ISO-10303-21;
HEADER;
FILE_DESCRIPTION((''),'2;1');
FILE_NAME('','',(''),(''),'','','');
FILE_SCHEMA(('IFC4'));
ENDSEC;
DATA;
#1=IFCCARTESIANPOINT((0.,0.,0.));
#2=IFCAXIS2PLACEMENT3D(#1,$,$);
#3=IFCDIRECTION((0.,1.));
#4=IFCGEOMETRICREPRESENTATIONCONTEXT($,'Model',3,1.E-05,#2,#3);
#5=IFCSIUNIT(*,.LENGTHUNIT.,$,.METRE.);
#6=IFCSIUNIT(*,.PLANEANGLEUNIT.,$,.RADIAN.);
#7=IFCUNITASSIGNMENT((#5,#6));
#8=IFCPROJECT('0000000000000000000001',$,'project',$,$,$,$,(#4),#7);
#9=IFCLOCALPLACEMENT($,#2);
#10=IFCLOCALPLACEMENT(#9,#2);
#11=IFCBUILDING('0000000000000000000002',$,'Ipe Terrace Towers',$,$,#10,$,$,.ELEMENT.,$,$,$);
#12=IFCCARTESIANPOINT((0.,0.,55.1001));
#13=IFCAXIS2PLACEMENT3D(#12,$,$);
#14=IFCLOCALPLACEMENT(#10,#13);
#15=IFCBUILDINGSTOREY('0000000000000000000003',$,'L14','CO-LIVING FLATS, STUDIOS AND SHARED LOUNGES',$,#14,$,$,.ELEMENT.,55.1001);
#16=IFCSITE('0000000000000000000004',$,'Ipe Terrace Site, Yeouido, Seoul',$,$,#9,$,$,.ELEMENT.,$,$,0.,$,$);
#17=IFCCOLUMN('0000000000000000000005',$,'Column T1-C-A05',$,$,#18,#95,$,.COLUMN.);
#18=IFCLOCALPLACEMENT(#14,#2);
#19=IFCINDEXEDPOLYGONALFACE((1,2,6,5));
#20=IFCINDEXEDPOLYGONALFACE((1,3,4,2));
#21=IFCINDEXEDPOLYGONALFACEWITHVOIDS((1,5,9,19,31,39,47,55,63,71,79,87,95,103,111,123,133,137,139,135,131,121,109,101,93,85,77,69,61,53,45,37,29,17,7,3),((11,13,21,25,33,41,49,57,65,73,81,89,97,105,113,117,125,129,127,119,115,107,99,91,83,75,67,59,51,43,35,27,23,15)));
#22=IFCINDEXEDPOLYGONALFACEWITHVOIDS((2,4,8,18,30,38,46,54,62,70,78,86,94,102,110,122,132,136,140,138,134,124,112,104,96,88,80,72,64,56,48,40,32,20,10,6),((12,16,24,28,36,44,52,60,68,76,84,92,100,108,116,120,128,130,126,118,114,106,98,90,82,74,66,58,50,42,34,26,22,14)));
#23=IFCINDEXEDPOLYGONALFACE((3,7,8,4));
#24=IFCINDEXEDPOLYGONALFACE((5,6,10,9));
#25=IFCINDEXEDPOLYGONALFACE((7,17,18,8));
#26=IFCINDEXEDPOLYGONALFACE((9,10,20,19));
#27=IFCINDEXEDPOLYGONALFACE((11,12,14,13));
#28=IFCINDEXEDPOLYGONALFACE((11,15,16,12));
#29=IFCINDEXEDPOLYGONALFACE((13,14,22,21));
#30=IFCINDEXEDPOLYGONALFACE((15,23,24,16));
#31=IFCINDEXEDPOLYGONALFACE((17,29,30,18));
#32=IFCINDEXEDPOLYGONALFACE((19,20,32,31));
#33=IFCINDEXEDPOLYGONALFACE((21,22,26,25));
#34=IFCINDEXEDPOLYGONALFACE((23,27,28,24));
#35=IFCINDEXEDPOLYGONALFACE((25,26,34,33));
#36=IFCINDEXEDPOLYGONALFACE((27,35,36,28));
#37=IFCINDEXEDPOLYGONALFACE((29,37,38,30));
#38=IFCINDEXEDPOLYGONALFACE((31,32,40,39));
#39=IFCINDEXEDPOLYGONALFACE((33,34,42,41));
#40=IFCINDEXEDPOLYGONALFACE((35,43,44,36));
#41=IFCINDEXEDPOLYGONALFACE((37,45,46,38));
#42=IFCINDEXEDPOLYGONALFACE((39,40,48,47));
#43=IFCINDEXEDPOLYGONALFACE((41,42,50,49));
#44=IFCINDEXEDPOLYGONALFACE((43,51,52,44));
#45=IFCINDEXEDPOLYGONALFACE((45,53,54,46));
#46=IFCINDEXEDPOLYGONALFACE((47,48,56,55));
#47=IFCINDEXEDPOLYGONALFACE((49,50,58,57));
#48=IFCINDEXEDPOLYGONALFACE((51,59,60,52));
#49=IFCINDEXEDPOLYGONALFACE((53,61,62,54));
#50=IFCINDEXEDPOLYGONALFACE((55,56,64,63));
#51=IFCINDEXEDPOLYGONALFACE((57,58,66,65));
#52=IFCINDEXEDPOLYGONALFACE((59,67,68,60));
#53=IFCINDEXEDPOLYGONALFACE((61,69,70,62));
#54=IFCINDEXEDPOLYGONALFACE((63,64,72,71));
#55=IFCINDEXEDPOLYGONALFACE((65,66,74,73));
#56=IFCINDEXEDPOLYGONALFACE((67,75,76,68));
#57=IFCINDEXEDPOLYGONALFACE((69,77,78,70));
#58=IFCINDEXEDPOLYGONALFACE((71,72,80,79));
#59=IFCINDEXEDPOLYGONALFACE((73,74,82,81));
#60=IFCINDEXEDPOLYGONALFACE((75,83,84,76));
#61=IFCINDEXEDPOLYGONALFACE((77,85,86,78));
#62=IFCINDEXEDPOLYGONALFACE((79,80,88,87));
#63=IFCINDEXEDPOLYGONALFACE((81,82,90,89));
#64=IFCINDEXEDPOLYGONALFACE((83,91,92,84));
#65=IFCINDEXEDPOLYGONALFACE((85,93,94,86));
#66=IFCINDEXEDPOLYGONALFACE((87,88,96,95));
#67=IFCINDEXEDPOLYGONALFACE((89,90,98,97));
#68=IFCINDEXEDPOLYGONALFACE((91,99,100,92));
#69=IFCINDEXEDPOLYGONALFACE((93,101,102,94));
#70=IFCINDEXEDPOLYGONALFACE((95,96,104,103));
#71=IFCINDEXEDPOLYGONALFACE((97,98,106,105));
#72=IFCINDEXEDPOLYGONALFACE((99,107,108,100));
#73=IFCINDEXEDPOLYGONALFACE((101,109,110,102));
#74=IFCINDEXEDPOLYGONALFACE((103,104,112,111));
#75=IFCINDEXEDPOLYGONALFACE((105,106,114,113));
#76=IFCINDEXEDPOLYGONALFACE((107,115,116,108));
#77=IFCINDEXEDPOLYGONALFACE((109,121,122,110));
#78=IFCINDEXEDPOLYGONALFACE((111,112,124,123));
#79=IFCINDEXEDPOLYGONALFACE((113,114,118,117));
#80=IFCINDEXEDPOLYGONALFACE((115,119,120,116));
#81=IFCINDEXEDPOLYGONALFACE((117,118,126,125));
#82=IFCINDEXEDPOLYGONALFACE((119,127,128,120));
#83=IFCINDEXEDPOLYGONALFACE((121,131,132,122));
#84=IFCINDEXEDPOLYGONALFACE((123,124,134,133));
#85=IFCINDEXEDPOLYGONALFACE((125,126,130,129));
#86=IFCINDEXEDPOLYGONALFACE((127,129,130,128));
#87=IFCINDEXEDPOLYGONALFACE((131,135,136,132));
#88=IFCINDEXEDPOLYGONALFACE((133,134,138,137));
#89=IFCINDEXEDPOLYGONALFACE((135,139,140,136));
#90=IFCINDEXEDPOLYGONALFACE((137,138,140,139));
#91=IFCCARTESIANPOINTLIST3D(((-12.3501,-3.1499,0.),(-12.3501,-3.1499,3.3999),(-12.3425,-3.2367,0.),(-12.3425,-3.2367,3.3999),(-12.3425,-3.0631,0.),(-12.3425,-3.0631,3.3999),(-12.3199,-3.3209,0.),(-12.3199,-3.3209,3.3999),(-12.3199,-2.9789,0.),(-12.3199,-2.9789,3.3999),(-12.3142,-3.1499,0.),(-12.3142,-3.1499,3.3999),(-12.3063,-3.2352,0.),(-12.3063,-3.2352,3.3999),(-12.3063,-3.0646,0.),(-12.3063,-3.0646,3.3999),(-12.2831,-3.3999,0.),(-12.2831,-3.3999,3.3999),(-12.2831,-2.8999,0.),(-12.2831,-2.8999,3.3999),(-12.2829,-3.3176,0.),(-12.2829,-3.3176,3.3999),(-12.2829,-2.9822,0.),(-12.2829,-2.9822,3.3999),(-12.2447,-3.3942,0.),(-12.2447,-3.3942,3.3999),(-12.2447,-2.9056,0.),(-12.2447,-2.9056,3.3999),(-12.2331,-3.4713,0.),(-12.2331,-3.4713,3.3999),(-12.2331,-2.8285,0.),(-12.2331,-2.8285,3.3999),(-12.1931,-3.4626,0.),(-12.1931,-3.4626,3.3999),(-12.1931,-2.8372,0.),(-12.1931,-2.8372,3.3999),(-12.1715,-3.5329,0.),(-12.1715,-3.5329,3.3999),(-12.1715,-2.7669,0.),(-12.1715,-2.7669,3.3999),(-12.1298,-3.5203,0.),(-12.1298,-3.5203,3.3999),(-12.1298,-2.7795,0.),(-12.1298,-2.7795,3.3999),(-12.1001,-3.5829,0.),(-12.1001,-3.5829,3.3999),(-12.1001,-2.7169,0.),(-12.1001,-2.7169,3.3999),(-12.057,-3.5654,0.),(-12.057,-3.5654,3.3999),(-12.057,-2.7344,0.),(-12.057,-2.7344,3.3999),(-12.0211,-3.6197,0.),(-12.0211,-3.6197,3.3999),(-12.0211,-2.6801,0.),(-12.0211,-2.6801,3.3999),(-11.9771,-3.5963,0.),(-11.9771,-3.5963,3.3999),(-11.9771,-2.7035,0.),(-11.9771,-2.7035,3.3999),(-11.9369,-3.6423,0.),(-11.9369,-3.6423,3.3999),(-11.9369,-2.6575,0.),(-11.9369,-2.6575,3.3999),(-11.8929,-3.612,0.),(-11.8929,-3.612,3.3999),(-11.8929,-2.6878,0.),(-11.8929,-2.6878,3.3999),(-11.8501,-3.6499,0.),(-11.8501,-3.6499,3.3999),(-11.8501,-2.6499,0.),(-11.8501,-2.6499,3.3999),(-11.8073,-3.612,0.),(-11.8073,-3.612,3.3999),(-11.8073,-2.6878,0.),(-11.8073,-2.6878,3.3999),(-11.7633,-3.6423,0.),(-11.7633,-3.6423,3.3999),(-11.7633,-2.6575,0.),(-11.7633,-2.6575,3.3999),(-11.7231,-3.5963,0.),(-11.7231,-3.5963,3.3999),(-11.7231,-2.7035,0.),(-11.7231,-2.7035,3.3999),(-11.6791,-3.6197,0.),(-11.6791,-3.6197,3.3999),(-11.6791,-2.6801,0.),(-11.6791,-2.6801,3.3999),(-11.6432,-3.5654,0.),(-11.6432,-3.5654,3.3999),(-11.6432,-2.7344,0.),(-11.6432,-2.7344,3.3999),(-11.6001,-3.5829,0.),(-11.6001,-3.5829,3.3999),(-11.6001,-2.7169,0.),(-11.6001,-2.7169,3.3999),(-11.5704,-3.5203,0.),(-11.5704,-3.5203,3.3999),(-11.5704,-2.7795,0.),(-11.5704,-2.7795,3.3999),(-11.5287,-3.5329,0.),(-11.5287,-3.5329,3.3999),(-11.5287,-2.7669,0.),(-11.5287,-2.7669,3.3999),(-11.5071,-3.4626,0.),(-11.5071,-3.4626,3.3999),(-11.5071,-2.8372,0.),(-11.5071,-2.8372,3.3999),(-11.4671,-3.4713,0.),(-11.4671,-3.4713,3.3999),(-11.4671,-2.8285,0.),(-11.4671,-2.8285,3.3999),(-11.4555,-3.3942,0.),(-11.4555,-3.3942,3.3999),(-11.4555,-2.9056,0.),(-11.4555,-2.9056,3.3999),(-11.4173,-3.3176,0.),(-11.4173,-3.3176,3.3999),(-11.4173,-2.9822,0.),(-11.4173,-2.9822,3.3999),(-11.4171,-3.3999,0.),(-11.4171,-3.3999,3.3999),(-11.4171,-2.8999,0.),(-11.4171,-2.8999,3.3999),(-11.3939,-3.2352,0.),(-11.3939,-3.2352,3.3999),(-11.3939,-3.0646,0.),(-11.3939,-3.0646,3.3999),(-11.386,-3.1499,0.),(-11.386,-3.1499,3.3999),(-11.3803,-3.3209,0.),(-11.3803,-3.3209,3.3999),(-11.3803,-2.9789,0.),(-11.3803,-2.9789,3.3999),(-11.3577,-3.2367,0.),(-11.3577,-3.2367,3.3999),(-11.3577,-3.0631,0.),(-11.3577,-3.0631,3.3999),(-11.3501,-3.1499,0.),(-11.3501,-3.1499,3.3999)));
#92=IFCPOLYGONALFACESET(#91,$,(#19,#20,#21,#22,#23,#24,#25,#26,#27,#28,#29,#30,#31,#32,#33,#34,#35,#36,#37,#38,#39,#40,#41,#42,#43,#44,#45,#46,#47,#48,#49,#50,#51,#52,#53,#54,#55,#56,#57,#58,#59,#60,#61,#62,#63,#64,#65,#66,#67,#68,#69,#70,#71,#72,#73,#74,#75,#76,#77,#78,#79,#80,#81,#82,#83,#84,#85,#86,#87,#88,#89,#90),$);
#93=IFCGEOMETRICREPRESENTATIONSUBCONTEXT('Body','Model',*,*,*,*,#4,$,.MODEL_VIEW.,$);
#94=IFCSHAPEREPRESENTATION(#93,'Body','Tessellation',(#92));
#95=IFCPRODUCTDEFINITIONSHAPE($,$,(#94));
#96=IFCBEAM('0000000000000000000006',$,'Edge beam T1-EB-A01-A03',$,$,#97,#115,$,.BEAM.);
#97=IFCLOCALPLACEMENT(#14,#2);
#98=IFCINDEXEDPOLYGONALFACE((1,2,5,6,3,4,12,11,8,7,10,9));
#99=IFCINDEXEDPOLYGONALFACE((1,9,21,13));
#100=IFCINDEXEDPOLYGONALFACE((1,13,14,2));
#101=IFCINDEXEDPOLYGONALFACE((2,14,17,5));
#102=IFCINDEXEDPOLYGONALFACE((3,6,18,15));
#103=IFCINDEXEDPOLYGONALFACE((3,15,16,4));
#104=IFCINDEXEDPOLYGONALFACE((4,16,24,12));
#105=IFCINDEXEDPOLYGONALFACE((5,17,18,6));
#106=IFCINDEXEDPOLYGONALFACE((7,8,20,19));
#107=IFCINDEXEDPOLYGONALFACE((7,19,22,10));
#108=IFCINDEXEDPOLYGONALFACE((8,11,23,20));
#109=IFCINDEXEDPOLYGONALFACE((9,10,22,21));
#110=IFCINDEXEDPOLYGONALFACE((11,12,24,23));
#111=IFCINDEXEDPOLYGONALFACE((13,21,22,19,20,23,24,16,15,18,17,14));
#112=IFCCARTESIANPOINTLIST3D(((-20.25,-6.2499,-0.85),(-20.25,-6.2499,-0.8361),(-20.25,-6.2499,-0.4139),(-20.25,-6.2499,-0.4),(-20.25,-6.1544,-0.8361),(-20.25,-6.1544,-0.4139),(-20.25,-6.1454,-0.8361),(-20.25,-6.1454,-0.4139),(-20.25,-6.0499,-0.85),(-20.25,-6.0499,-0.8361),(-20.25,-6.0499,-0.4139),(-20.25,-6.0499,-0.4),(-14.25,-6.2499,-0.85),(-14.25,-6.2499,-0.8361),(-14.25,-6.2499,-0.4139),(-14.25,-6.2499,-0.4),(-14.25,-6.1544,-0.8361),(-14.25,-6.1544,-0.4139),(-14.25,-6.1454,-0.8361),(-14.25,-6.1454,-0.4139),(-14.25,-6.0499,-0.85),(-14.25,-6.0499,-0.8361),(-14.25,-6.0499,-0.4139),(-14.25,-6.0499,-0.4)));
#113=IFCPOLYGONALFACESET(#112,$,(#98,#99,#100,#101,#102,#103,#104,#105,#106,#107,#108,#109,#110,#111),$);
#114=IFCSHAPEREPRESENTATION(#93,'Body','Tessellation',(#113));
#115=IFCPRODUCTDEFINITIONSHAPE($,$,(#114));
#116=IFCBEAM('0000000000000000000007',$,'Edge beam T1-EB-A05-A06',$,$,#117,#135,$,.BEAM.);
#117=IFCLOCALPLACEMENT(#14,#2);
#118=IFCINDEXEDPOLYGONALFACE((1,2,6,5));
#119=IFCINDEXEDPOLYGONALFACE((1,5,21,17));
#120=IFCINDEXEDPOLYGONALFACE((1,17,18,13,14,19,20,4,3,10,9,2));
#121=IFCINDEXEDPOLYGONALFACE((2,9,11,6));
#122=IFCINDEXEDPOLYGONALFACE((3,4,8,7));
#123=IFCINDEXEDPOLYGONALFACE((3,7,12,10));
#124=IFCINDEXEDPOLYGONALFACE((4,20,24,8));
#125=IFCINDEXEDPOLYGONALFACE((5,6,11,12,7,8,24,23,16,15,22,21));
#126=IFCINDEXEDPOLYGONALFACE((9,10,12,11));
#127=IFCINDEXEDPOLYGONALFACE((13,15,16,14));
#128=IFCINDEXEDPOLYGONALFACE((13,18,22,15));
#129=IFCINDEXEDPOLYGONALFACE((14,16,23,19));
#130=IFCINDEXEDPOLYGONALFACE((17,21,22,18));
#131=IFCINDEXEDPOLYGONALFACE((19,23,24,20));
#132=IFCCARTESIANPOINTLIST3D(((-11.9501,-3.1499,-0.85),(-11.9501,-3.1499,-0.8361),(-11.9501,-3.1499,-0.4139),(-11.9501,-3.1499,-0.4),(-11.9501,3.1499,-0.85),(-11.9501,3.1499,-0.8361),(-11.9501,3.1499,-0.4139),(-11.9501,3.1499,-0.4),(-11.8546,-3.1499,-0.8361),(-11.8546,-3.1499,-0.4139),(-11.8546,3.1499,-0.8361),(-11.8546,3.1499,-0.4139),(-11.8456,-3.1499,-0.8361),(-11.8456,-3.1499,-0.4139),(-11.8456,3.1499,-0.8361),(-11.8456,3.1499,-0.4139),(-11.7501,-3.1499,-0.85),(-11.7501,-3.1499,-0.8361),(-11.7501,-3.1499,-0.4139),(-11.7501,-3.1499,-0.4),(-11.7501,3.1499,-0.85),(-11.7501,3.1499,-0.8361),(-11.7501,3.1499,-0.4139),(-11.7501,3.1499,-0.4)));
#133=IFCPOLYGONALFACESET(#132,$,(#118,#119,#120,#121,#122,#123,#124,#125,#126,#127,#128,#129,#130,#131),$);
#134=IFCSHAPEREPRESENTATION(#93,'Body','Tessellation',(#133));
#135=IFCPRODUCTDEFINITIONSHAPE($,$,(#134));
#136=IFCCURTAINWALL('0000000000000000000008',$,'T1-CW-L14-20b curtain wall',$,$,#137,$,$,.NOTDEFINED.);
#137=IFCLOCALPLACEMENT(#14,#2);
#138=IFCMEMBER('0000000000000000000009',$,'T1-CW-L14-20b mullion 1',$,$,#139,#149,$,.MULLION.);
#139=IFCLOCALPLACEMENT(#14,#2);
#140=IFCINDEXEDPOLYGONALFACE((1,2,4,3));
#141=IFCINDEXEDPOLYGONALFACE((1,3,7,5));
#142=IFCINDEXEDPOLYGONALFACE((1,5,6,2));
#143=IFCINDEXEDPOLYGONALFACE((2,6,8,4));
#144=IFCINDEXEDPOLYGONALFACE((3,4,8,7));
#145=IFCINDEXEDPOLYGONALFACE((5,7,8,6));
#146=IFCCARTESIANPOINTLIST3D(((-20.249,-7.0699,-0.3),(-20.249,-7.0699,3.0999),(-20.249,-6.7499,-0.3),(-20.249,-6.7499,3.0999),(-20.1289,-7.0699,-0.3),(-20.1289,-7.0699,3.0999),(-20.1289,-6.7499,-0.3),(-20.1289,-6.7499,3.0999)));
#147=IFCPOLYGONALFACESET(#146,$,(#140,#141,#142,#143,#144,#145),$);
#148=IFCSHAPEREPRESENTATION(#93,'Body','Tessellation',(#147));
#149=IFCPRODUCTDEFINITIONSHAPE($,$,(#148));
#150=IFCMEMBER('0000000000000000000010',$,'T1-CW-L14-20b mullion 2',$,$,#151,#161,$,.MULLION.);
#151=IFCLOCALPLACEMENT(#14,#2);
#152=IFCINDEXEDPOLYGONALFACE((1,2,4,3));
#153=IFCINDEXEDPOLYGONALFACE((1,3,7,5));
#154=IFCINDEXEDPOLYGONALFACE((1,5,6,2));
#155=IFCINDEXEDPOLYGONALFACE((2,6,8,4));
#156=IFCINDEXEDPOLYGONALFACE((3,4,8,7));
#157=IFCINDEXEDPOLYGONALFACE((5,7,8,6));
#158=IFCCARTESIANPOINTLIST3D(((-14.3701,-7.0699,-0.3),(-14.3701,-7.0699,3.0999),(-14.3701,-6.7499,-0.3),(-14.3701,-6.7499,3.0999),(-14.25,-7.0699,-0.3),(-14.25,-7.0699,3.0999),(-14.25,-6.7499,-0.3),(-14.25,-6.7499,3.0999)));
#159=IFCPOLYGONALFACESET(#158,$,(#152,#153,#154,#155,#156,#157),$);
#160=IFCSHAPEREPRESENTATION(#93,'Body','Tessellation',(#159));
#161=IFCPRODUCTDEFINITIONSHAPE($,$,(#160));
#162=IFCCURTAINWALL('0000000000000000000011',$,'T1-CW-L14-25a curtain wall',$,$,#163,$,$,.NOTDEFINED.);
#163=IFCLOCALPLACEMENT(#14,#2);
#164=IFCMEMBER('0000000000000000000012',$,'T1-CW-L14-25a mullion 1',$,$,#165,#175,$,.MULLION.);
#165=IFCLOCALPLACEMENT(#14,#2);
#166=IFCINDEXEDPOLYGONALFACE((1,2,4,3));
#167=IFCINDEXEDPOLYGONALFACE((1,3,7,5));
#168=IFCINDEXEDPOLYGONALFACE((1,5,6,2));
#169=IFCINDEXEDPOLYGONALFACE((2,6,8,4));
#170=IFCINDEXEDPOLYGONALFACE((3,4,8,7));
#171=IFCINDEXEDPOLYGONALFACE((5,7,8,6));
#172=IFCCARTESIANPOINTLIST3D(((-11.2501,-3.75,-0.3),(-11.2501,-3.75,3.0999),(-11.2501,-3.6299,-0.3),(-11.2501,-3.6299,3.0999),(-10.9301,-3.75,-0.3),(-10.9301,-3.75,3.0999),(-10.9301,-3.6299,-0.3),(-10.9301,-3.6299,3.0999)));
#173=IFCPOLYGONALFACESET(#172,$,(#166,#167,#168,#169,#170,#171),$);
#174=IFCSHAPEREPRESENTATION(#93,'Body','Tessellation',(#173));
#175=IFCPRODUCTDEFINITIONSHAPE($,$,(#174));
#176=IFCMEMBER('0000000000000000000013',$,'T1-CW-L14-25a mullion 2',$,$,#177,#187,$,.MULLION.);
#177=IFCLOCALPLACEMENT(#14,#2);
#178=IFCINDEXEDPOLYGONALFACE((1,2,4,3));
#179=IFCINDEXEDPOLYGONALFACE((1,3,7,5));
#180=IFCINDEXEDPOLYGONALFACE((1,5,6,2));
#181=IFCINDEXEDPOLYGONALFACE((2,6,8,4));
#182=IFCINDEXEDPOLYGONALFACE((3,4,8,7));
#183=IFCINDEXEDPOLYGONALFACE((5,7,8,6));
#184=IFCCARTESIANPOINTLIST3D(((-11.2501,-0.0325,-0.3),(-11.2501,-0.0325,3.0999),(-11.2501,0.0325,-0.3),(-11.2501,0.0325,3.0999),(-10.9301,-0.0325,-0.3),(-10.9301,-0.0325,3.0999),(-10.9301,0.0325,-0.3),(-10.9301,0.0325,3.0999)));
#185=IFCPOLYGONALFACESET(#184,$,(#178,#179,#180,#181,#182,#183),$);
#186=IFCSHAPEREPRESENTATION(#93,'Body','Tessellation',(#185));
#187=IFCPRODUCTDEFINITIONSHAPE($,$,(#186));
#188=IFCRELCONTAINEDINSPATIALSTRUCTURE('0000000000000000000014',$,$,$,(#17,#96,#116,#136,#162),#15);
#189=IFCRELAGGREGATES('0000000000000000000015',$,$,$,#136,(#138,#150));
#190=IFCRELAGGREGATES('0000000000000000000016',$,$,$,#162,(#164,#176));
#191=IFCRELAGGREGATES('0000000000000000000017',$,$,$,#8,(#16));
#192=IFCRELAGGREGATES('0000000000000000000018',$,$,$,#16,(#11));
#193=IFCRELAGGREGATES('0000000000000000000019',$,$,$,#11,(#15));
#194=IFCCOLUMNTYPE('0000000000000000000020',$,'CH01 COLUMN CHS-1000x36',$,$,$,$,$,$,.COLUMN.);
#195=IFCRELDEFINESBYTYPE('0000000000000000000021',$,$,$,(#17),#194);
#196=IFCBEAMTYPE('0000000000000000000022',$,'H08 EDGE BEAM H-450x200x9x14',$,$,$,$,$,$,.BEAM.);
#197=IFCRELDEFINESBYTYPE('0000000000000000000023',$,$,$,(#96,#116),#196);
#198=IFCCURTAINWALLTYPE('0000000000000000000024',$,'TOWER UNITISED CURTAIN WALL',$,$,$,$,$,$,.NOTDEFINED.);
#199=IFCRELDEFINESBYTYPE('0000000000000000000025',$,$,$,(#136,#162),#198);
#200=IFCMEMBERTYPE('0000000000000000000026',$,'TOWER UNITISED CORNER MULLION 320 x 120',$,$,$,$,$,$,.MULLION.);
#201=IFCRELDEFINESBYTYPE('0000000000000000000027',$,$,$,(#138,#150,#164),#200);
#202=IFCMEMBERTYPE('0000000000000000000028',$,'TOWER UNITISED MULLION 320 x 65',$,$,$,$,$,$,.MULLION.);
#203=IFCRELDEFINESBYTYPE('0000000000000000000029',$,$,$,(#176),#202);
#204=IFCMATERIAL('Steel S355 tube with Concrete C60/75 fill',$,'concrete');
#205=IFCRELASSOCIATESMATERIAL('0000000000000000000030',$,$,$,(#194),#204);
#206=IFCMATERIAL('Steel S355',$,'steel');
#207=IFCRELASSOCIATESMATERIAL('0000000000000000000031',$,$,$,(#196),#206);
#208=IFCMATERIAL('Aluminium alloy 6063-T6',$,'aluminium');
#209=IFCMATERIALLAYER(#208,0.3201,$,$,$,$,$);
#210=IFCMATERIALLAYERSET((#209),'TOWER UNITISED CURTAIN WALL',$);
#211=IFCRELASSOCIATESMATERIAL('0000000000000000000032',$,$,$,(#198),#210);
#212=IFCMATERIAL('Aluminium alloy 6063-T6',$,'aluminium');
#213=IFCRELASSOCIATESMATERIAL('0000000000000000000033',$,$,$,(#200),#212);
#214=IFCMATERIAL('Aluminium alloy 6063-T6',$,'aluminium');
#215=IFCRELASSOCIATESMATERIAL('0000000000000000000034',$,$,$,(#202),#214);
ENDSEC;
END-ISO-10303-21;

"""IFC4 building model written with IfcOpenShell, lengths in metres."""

from ifc_helpers import new_model, si_unit, direction, frame, origin, origin_2d, place, context, subcontext, project, spatial, rectangle, hollow_circle, i_section, extrude, material, layer, layer_set, material_profile, profile_set, type_object, element, aggregate, save


model = new_model("IFC4")

# Units and contexts
model_context = context("Model", 3, precision=1e-05, world=origin(), true_north=direction((0.0, 1.0)))
body_context = subcontext(model_context, "Body", "Model", "MODEL_VIEW")
ifc_project = project(units=[si_unit("LENGTHUNIT", "METRE"), si_unit("PLANEANGLEUNIT", "RADIAN")], contexts=[model_context])

# Site, building, storey
site_placement = place(None, origin())
site = spatial("IfcSite", under=ifc_project, at=site_placement, Name="Ipe Terrace Site, Yeouido, Seoul", CompositionType="ELEMENT", RefElevation=0.0)
building_placement = place(site_placement, origin())
building = spatial("IfcBuilding", under=site, at=building_placement, Name="Ipe Terrace Towers", CompositionType="ELEMENT")
storey_placement = place(building_placement, frame((0.0, 0.0, 55.1001)))
storey = spatial("IfcBuildingStorey", under=building, at=storey_placement, Name="L14", Description="CO-LIVING FLATS, STUDIOS AND SHARED LOUNGES", CompositionType="ELEMENT", Elevation=55.1001)

# Column
ifc_material_1 = material(Name="Steel S355 tube with Concrete C60/75 fill", Category="concrete")
ifc_material_profile_1 = material_profile(ifc_material_1, hollow_circle(Radius=0.5, WallThickness=0.0359, at=origin_2d()), Name="CHS-1000x36")
ifc_profile_set_1 = profile_set([ifc_material_profile_1], Name="Steel S355 tube with Concrete C60/75 fill")
column_type = type_object("IfcColumnType", Name="CH01 COLUMN CHS-1000x36", PredefinedType="COLUMN", material=ifc_profile_set_1)
for number, where, z_axis, x_axis, name in (
    (1, (-11.8501, -3.1499, 0.0), (0.0, 0.0, 1.0), (1.0, 0.0, 0.0), "Column T1-C-A05"),
):
    element("IfcColumn", number, at=place(storey_placement, frame(where, z_axis=z_axis, x_axis=x_axis)), inside=storey, type_object=column_type, Name=name, PredefinedType="COLUMN", context=body_context, shape_type="SweptSolid", body=[
        extrude(hollow_circle(Radius=0.5, WallThickness=0.0359, at=origin_2d()), origin(), (0.0, 0.0, 1.0), 3.3999),
    ])

# Beams
ifc_material_2 = material(Name="Steel S355", Category="steel")
ifc_material_profile_2 = material_profile(ifc_material_2, i_section(OverallWidth=0.2, OverallDepth=0.45, WebThickness=0.009, FlangeThickness=0.0139, at=origin_2d()), Name="H-450x200x9x14")
ifc_profile_set_2 = profile_set([ifc_material_profile_2], Name="Steel S355")
beam_type = type_object("IfcBeamType", Name="H08 EDGE BEAM H-450x200x9x14", PredefinedType="BEAM", material=ifc_profile_set_2)
beam_1_placement = place(storey_placement, frame((-20.25, -6.1499, -0.625), z_axis=(1.0, 0.0, 0.0), x_axis=(0.0, 1.0, 0.0)))
element("IfcBeam", 2, at=beam_1_placement, inside=storey, type_object=beam_type, Name="Edge beam T1-EB-A01-A03", PredefinedType="BEAM", context=body_context, shape_type="SweptSolid", body=[
    extrude(i_section(OverallWidth=0.2, OverallDepth=0.45, WebThickness=0.009, FlangeThickness=0.0139, at=origin_2d()), origin(), (0.0, 0.0, 1.0), 6.0),
])
beam_2_placement = place(storey_placement, frame((-11.8501, -3.1499, -0.625), z_axis=(0.0, 1.0, 0.0), x_axis=(-1.0, 0.0, 0.0)))
element("IfcBeam", 3, at=beam_2_placement, inside=storey, type_object=beam_type, Name="Edge beam T1-EB-A05-A06", PredefinedType="BEAM", context=body_context, shape_type="SweptSolid", body=[
    extrude(i_section(OverallWidth=0.2, OverallDepth=0.45, WebThickness=0.009, FlangeThickness=0.0139, at=origin_2d()), origin(), (0.0, 0.0, 1.0), 6.2998),
])

# Curtain walls, members
ifc_material_3 = material(Name="Aluminium alloy 6063-T6", Category="aluminium")
ifc_layer_1 = layer(ifc_material_3, 0.3201)
ifc_layer_set_1 = layer_set([ifc_layer_1], Name="TOWER UNITISED CURTAIN WALL")
curtain_wall_type = type_object("IfcCurtainWallType", Name="TOWER UNITISED CURTAIN WALL", PredefinedType="NOTDEFINED", material=ifc_layer_set_1)
curtain_wall_1_placement = place(storey_placement, origin())
curtain_wall_1 = element("IfcCurtainWall", 4, at=curtain_wall_1_placement, inside=storey, type_object=curtain_wall_type, Name="T1-CW-L14-20b curtain wall", PredefinedType="NOTDEFINED")
ifc_material_4 = material(Name="Aluminium alloy 6063-T6", Category="aluminium")
ifc_material_profile_3 = material_profile(ifc_material_4, rectangle(XDim=0.3201, YDim=0.1201, at=origin_2d()), Name="TOWER UNITISED CORNER MULLION 320 x 120")
ifc_profile_set_3 = profile_set([ifc_material_profile_3], Name="Aluminium alloy 6063-T6")
member_type_1 = type_object("IfcMemberType", Name="TOWER UNITISED CORNER MULLION 320 x 120", PredefinedType="MULLION", material=ifc_profile_set_3)
member_1_placement = place(storey_placement, frame((-20.189, -6.9099, -0.3), z_axis=(0.0, 0.0, 1.0), x_axis=(0.0, -1.0, 0.0)))
member_1 = element("IfcMember", 5, at=member_1_placement, type_object=member_type_1, Name="T1-CW-L14-20b mullion 1", PredefinedType="MULLION", context=body_context, shape_type="SweptSolid", body=[
    extrude(rectangle(XDim=0.3201, YDim=0.1201, at=origin_2d()), origin(), (0.0, 0.0, 1.0), 3.3999),
])
member_2_placement = place(storey_placement, frame((-14.3101, -6.9099, -0.3), z_axis=(0.0, 0.0, 1.0), x_axis=(0.0, -1.0, 0.0)))
member_2 = element("IfcMember", 6, at=member_2_placement, type_object=member_type_1, Name="T1-CW-L14-20b mullion 2", PredefinedType="MULLION", context=body_context, shape_type="SweptSolid", body=[
    extrude(rectangle(XDim=0.3201, YDim=0.1201, at=origin_2d()), origin(), (0.0, 0.0, 1.0), 3.3999),
])
curtain_wall_2_placement = place(storey_placement, origin())
curtain_wall_2 = element("IfcCurtainWall", 7, at=curtain_wall_2_placement, inside=storey, type_object=curtain_wall_type, Name="T1-CW-L14-25a curtain wall", PredefinedType="NOTDEFINED")
member_3_placement = place(storey_placement, frame((-11.0901, -3.6899, -0.3), z_axis=(0.0, 0.0, 1.0), x_axis=(1.0, 0.0, 0.0)))
member_3 = element("IfcMember", 8, at=member_3_placement, type_object=member_type_1, Name="T1-CW-L14-25a mullion 1", PredefinedType="MULLION", context=body_context, shape_type="SweptSolid", body=[
    extrude(rectangle(XDim=0.3201, YDim=0.1201, at=origin_2d()), origin(), (0.0, 0.0, 1.0), 3.3999),
])
ifc_material_5 = material(Name="Aluminium alloy 6063-T6", Category="aluminium")
ifc_material_profile_4 = material_profile(ifc_material_5, rectangle(XDim=0.3201, YDim=0.0649, at=origin_2d()), Name="TOWER UNITISED MULLION 320 x 65")
ifc_profile_set_4 = profile_set([ifc_material_profile_4], Name="Aluminium alloy 6063-T6")
member_type_2 = type_object("IfcMemberType", Name="TOWER UNITISED MULLION 320 x 65", PredefinedType="MULLION", material=ifc_profile_set_4)
member_4_placement = place(storey_placement, frame((-11.0901, 0.0, -0.3), z_axis=(0.0, 0.0, 1.0), x_axis=(1.0, 0.0, 0.0)))
member_4 = element("IfcMember", 9, at=member_4_placement, type_object=member_type_2, Name="T1-CW-L14-25a mullion 2", PredefinedType="MULLION", context=body_context, shape_type="SweptSolid", body=[
    extrude(rectangle(XDim=0.3201, YDim=0.0649, at=origin_2d()), origin(), (0.0, 0.0, 1.0), 3.3999),
])

aggregate(curtain_wall_1, [member_1, member_2])
aggregate(curtain_wall_2, [member_3, member_4])

save(model, "model.ifc")
